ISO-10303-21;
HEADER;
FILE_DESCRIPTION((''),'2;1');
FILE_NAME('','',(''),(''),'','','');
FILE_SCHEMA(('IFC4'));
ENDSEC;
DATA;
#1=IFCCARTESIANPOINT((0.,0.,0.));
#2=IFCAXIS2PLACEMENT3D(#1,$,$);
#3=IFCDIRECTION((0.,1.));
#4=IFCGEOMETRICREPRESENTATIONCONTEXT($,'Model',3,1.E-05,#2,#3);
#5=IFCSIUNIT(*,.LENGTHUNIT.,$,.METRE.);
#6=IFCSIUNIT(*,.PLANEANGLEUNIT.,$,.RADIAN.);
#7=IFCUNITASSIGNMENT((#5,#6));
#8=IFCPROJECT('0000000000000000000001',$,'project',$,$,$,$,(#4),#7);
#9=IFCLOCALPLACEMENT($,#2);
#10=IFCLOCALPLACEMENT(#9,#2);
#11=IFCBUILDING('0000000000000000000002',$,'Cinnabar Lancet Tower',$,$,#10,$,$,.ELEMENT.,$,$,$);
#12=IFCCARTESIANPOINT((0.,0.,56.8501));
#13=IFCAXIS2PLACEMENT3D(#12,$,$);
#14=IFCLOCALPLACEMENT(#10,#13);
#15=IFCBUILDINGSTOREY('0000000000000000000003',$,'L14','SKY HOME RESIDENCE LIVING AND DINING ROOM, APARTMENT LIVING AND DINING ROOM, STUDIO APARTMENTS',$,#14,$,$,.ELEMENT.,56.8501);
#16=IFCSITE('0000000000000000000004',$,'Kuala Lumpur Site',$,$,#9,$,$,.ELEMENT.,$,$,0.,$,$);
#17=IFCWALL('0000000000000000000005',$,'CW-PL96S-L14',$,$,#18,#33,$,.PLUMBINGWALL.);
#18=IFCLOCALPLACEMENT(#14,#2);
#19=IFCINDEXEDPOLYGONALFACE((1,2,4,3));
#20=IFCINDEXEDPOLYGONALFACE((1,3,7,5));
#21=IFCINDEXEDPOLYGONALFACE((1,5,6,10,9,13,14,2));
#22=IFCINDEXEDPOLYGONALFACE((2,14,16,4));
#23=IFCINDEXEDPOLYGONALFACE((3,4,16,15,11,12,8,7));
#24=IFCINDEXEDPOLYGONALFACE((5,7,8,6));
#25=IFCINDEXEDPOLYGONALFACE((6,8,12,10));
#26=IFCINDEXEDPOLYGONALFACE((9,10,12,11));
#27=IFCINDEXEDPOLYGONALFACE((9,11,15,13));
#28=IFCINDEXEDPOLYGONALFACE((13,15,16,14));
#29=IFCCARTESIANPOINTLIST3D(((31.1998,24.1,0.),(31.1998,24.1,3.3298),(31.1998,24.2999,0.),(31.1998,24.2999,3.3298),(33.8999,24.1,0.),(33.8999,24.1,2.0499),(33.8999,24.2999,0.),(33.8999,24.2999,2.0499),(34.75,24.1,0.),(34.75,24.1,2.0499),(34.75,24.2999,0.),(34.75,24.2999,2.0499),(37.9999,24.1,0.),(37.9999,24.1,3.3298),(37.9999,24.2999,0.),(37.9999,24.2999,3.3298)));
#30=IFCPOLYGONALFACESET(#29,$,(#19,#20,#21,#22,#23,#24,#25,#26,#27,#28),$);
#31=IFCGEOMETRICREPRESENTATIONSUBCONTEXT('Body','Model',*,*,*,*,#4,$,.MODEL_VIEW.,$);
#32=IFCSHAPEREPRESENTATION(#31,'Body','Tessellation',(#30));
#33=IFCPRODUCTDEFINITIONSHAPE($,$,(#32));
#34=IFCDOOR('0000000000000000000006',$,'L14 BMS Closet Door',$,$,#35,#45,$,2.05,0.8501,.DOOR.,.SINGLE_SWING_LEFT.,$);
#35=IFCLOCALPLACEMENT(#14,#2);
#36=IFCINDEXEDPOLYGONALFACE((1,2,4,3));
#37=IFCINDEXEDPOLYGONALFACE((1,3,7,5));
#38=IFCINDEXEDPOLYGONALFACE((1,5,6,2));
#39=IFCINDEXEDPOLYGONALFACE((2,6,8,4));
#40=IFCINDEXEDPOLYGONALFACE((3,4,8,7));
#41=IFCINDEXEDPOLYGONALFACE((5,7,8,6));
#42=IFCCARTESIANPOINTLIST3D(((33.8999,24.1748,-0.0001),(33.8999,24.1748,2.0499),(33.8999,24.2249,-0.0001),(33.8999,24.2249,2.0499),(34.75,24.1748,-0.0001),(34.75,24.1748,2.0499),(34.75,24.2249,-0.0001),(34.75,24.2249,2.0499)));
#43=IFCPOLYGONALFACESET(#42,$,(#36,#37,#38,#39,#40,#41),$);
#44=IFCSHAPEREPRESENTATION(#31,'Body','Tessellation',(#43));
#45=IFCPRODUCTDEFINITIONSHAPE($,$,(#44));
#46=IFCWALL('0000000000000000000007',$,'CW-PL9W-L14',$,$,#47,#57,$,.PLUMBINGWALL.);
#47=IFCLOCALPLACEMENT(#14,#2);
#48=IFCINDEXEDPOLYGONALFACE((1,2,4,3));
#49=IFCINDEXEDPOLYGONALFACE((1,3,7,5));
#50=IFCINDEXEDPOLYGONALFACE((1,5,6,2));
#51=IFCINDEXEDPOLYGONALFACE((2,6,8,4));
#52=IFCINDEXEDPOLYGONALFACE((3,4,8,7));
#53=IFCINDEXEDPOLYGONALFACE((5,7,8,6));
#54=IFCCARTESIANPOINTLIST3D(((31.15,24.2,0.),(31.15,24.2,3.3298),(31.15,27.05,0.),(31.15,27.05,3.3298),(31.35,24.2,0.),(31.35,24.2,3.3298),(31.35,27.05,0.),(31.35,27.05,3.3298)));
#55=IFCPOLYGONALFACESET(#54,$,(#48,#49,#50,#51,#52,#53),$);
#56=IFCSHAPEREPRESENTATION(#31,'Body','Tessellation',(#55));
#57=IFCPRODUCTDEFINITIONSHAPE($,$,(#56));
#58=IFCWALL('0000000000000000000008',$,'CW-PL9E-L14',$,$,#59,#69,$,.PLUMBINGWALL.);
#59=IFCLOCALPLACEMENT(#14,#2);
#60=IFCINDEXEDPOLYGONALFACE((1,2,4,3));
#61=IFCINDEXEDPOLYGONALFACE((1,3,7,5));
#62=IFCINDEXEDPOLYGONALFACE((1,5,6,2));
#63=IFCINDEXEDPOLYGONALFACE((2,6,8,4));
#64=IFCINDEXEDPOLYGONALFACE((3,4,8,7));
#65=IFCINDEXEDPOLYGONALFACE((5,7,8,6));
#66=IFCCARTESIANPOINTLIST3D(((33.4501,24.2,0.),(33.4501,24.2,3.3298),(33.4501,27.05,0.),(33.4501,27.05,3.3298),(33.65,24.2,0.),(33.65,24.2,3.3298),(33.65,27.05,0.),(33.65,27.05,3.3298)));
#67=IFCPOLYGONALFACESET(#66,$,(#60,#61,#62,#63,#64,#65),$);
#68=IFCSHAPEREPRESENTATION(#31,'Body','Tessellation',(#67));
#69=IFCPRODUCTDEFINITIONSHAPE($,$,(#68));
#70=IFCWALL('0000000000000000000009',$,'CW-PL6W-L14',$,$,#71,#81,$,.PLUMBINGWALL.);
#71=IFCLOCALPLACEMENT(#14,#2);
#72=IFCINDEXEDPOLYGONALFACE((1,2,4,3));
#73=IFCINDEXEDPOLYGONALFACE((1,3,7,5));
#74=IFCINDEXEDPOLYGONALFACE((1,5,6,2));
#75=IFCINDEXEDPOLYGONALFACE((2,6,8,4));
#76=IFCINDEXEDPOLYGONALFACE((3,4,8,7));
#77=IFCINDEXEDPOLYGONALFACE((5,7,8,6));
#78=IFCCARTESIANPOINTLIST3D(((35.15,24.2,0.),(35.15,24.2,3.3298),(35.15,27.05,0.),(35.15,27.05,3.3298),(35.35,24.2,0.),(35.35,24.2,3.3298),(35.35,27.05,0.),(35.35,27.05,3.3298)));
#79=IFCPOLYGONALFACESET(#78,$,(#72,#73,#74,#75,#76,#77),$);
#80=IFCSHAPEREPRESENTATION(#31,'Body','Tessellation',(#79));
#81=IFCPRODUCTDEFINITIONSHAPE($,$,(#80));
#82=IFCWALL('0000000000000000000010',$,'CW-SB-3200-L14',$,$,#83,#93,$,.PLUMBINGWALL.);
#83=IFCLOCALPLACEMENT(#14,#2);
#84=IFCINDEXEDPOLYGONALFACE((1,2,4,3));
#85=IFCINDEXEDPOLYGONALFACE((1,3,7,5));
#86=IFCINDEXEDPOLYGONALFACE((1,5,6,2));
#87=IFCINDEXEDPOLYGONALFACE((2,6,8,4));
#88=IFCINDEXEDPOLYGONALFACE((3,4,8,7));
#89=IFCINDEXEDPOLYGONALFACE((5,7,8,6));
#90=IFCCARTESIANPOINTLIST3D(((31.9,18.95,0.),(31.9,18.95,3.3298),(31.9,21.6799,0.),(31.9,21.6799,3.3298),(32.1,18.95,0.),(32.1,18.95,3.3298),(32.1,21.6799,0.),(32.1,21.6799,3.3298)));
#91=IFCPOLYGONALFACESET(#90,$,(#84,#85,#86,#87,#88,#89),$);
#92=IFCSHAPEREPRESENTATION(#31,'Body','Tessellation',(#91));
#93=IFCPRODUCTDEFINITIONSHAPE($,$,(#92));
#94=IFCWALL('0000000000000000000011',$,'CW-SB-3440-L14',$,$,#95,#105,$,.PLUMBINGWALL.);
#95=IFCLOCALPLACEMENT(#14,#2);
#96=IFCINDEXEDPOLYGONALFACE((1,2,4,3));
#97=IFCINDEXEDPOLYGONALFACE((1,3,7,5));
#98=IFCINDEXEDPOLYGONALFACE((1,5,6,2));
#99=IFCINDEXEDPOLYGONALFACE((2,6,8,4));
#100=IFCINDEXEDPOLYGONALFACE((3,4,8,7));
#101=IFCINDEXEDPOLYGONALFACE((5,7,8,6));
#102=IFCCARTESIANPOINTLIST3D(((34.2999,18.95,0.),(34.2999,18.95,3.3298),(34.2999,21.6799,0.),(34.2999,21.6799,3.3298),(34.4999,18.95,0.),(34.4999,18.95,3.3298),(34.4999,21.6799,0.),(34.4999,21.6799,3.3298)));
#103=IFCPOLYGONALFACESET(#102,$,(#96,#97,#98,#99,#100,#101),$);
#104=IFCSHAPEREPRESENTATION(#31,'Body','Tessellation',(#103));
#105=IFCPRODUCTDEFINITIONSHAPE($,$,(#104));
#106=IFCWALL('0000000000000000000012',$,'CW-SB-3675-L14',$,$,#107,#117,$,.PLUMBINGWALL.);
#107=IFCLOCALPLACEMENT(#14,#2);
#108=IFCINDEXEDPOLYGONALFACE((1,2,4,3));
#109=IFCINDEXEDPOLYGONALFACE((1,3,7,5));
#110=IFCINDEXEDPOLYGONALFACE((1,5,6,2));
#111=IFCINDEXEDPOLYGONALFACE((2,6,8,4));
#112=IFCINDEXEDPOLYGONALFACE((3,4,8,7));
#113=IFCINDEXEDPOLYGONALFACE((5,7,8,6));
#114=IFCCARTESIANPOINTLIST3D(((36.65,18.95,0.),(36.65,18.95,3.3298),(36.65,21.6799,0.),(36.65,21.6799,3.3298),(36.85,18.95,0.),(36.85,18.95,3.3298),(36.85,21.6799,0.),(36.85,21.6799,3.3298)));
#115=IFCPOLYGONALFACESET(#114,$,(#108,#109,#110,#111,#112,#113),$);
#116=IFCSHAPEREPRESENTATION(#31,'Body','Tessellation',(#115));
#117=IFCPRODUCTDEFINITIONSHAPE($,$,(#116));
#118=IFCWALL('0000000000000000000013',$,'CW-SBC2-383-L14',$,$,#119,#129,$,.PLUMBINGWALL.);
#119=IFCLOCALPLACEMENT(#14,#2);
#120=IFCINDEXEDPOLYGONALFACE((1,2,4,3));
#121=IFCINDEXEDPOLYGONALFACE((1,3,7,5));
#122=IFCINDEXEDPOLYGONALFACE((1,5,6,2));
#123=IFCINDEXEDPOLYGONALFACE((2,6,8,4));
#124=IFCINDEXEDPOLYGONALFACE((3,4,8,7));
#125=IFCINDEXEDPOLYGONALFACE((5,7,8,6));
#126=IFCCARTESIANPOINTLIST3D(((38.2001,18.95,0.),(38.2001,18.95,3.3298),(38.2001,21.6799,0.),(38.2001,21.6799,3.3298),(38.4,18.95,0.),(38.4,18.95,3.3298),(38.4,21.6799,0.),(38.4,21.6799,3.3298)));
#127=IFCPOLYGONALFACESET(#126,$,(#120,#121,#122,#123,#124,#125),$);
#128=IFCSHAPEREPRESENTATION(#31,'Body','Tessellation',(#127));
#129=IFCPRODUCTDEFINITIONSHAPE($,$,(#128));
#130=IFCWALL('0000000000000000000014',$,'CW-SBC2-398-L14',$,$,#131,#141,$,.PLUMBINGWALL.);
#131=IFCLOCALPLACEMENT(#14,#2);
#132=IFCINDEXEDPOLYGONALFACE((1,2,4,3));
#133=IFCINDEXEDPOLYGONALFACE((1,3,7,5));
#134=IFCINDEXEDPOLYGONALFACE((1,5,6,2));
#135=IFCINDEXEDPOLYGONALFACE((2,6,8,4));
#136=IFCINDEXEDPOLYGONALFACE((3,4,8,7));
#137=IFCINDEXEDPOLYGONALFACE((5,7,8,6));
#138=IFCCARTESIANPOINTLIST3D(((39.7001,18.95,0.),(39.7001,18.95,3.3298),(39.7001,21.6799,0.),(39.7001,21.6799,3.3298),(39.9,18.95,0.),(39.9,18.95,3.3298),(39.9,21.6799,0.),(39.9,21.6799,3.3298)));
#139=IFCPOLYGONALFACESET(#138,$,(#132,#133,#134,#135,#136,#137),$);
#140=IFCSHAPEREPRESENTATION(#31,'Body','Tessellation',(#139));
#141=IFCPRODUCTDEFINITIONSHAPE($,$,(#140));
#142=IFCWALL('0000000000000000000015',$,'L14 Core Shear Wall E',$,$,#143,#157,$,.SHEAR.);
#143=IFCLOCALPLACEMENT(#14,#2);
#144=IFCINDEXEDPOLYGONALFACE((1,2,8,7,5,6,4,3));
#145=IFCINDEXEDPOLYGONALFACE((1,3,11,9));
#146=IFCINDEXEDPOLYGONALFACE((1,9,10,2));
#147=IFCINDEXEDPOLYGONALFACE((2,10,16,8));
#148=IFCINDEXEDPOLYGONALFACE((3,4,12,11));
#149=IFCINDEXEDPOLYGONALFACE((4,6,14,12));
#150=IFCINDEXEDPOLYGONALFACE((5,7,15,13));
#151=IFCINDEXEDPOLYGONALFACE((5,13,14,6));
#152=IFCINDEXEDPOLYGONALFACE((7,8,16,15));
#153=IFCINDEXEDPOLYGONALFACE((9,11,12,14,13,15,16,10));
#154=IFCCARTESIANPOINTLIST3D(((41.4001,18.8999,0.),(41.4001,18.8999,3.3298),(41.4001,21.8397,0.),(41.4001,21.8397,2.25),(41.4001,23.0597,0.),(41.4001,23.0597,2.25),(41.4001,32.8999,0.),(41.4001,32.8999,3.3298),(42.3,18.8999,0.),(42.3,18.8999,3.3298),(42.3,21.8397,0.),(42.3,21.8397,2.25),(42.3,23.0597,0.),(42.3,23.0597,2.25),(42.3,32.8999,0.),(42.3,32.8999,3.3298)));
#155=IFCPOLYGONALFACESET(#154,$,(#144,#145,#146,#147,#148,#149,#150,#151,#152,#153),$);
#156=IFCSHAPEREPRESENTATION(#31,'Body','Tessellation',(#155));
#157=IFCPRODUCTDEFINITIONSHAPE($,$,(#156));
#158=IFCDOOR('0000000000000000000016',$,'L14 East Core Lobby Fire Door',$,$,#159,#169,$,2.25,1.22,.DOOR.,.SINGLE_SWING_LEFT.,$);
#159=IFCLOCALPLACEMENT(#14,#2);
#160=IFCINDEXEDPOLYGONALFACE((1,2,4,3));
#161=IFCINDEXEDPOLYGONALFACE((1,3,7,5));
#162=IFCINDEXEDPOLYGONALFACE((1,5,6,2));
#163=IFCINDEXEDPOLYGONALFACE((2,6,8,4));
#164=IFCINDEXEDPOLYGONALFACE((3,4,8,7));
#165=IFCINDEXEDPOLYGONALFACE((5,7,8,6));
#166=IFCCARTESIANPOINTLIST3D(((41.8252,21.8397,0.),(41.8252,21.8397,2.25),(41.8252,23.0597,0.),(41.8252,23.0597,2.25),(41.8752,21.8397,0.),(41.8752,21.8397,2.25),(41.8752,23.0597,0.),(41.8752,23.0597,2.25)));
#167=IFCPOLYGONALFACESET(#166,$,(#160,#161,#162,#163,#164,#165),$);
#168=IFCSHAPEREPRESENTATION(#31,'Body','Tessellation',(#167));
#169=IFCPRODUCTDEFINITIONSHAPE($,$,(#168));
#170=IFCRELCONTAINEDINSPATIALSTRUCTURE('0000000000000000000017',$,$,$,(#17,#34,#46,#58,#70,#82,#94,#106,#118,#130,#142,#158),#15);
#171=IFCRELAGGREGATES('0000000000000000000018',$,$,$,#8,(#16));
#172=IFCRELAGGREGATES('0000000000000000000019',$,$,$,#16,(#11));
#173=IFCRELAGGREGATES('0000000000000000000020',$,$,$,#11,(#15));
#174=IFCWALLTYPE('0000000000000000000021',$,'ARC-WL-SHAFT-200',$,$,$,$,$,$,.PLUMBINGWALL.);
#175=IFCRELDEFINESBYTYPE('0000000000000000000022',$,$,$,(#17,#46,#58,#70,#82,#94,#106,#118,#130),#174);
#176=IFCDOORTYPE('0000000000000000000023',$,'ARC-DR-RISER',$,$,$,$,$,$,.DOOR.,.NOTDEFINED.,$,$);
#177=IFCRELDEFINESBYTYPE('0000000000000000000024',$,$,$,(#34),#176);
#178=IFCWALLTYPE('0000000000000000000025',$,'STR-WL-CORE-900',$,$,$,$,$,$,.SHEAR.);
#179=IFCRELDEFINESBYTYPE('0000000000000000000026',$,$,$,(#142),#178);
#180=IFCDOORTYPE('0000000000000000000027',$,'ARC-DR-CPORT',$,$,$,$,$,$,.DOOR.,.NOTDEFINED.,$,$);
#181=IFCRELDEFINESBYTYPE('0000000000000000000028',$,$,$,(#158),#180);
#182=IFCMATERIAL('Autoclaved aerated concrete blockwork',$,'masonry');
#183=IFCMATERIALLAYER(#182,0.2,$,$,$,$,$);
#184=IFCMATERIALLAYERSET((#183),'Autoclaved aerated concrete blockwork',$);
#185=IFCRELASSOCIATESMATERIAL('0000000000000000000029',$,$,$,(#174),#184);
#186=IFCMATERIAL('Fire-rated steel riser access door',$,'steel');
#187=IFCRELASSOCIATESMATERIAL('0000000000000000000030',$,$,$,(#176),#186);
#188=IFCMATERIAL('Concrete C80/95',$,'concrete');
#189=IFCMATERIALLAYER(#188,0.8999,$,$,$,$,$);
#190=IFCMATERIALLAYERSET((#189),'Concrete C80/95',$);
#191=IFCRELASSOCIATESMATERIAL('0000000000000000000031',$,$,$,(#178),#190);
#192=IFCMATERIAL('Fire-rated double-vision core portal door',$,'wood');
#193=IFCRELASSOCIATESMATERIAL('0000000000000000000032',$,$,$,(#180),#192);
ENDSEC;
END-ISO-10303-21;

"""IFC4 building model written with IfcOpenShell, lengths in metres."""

from ifc_helpers import new_model, si_unit, direction, frame, frame_2d, origin, place, context, subcontext, project, spatial, rectangle, extrude, material, layer, layer_set, type_object, element, fill, save


model = new_model("IFC4")

# Units and contexts
model_context = context("Model", 3, precision=1e-05, world=origin(), true_north=direction((0.0, 1.0)))
body_context = subcontext(model_context, "Body", "Model", "MODEL_VIEW")
ifc_project = project(units=[si_unit("LENGTHUNIT", "METRE"), si_unit("PLANEANGLEUNIT", "RADIAN")], contexts=[model_context])

# Site, building, storey
site_placement = place(None, origin())
site = spatial("IfcSite", under=ifc_project, at=site_placement, Name="Kuala Lumpur Site", CompositionType="ELEMENT", RefElevation=0.0)
building_placement = place(site_placement, origin())
building = spatial("IfcBuilding", under=site, at=building_placement, Name="Cinnabar Lancet Tower", CompositionType="ELEMENT")
storey_placement = place(building_placement, frame((0.0, 0.0, 56.8501)))
storey = spatial("IfcBuildingStorey", under=building, at=storey_placement, Name="L14", Description="SKY HOME RESIDENCE LIVING AND DINING ROOM, APARTMENT LIVING AND DINING ROOM, STUDIO APARTMENTS", CompositionType="ELEMENT", Elevation=56.8501)

# Shared definitions
ifc_material_1 = material(Name="Autoclaved aerated concrete blockwork", Category="masonry")
ifc_layer_1 = layer(ifc_material_1, 0.2)
ifc_layer_set_1 = layer_set([ifc_layer_1], Name="Autoclaved aerated concrete blockwork")
wall_type_1 = type_object("IfcWallType", Name="ARC-WL-SHAFT-200", PredefinedType="PLUMBINGWALL", material=ifc_layer_set_1)

# Wall, opening, door
wall_1_placement = place(storey_placement, frame((31.2, 24.2, 0.0), z_axis=(0.0, 0.0, 1.0), x_axis=(1.0, 0.0, 0.0)))
wall_1 = element("IfcWall", 1, at=wall_1_placement, inside=storey, type_object=wall_type_1, Name="CW-PL96S-L14", PredefinedType="PLUMBINGWALL", context=body_context, shape_type="SweptSolid", body=[
    extrude(rectangle(XDim=6.8, YDim=0.2, at=frame_2d((3.3999, 0.0))), origin(), (0.0, 0.0, 1.0), 3.3298),
])
opening_1_placement = place(wall_1_placement, frame((2.7, 0.0, 0.0)))
opening_1 = element("IfcOpeningElement", 2, at=opening_1_placement, cuts=wall_1, PredefinedType="OPENING", context=body_context, shape_type="SweptSolid", body=[
    extrude(rectangle(XDim=0.8501, YDim=2.05, at=frame_2d((0.425, 1.0249))), frame((0.0, 0.1099, 0.0), z_axis=(0.0, -1.0, 0.0), x_axis=(1.0, 0.0, 0.0)), (0.0, 0.0, 1.0), 0.22),
])
ifc_material_2 = material(Name="Fire-rated steel riser access door", Category="steel")
door_type_1 = type_object("IfcDoorType", Name="ARC-DR-RISER", OperationType="NOTDEFINED", PredefinedType="DOOR", material=ifc_material_2)
door_1_placement = place(opening_1_placement, origin())
door_1 = element("IfcDoor", 3, at=door_1_placement, inside=storey, type_object=door_type_1, Name="L14 BMS Closet Door", OperationType="SINGLE_SWING_LEFT", OverallHeight=2.05, OverallWidth=0.8501, PredefinedType="DOOR", context=body_context, shape_type="SweptSolid", body=[
    extrude(rectangle(XDim=0.8501, YDim=2.05, at=frame_2d((0.425, 1.0249))), frame((0.0, 0.0249, 0.0), z_axis=(0.0, -1.0, 0.0), x_axis=(1.0, 0.0, 0.0)), (0.0, 0.0, 1.0), 0.05),
])
fill(opening_1, door_1)

# Walls
for number, where, z_axis, x_axis, name in (
    (4, (31.25, 24.2, 0.0), (0.0, 0.0, 1.0), (0.0, 1.0, 0.0), "CW-PL9W-L14"),
    (5, (33.55, 24.2, 0.0), (0.0, 0.0, 1.0), (0.0, 1.0, 0.0), "CW-PL9E-L14"),
    (6, (35.25, 24.2, 0.0), (0.0, 0.0, 1.0), (0.0, 1.0, 0.0), "CW-PL6W-L14"),
):
    element("IfcWall", number, at=place(storey_placement, frame(where, z_axis=z_axis, x_axis=x_axis)), inside=storey, type_object=wall_type_1, Name=name, PredefinedType="PLUMBINGWALL", context=body_context, shape_type="SweptSolid", body=[
        extrude(rectangle(XDim=2.8501, YDim=0.2, at=frame_2d((1.425, 0.0))), origin(), (0.0, 0.0, 1.0), 3.3298),
    ])
for number, where, z_axis, x_axis, name in (
    (7, (32.0, 18.95, 0.0), (0.0, 0.0, 1.0), (0.0, 1.0, 0.0), "CW-SB-3200-L14"),
    (8, (34.3999, 18.95, 0.0), (0.0, 0.0, 1.0), (0.0, 1.0, 0.0), "CW-SB-3440-L14"),
    (9, (36.75, 18.95, 0.0), (0.0, 0.0, 1.0), (0.0, 1.0, 0.0), "CW-SB-3675-L14"),
    (10, (38.3, 18.95, 0.0), (0.0, 0.0, 1.0), (0.0, 1.0, 0.0), "CW-SBC2-383-L14"),
    (11, (39.8, 18.95, 0.0), (0.0, 0.0, 1.0), (0.0, 1.0, 0.0), "CW-SBC2-398-L14"),
):
    element("IfcWall", number, at=place(storey_placement, frame(where, z_axis=z_axis, x_axis=x_axis)), inside=storey, type_object=wall_type_1, Name=name, PredefinedType="PLUMBINGWALL", context=body_context, shape_type="SweptSolid", body=[
        extrude(rectangle(XDim=2.73, YDim=0.2, at=frame_2d((1.365, 0.0))), origin(), (0.0, 0.0, 1.0), 3.3298),
    ])

# Wall, opening, door
ifc_material_3 = material(Name="Concrete C80/95", Category="concrete")
ifc_layer_2 = layer(ifc_material_3, 0.8999)
ifc_layer_set_2 = layer_set([ifc_layer_2], Name="Concrete C80/95")
wall_type_2 = type_object("IfcWallType", Name="STR-WL-CORE-900", PredefinedType="SHEAR", material=ifc_layer_set_2)
wall_2_placement = place(storey_placement, frame((41.8501, 18.8999, 0.0), z_axis=(0.0, 0.0, 1.0), x_axis=(0.0, 1.0, 0.0)))
wall_2 = element("IfcWall", 12, at=wall_2_placement, inside=storey, type_object=wall_type_2, Name="L14 Core Shear Wall E", PredefinedType="SHEAR", context=body_context, shape_type="SweptSolid", body=[
    extrude(rectangle(XDim=14.0, YDim=0.8999, at=frame_2d((7.0, 0.0))), origin(), (0.0, 0.0, 1.0), 3.3298),
])
opening_2_placement = place(wall_2_placement, frame((2.9399, 0.0, 0.0)))
opening_2 = element("IfcOpeningElement", 13, at=opening_2_placement, cuts=wall_2, PredefinedType="OPENING", context=body_context, shape_type="SweptSolid", body=[
    extrude(rectangle(XDim=1.22, YDim=2.25, at=frame_2d((0.6099, 1.125))), frame((0.0, 0.46, 0.0), z_axis=(0.0, -1.0, 0.0), x_axis=(1.0, 0.0, 0.0)), (0.0, 0.0, 1.0), 0.9199),
])
ifc_material_4 = material(Name="Fire-rated double-vision core portal door", Category="wood")
door_type_2 = type_object("IfcDoorType", Name="ARC-DR-CPORT", OperationType="NOTDEFINED", PredefinedType="DOOR", material=ifc_material_4)
door_2_placement = place(opening_2_placement, origin())
door_2 = element("IfcDoor", 14, at=door_2_placement, inside=storey, type_object=door_type_2, Name="L14 East Core Lobby Fire Door", OperationType="SINGLE_SWING_LEFT", OverallHeight=2.25, OverallWidth=1.22, PredefinedType="DOOR", context=body_context, shape_type="SweptSolid", body=[
    extrude(rectangle(XDim=1.22, YDim=2.25, at=frame_2d((0.6099, 1.125))), frame((0.0, 0.0249, 0.0), z_axis=(0.0, -1.0, 0.0), x_axis=(1.0, 0.0, 0.0)), (0.0, 0.0, 1.0), 0.05),
])
fill(opening_2, door_2)

save(model, "model.ifc")
